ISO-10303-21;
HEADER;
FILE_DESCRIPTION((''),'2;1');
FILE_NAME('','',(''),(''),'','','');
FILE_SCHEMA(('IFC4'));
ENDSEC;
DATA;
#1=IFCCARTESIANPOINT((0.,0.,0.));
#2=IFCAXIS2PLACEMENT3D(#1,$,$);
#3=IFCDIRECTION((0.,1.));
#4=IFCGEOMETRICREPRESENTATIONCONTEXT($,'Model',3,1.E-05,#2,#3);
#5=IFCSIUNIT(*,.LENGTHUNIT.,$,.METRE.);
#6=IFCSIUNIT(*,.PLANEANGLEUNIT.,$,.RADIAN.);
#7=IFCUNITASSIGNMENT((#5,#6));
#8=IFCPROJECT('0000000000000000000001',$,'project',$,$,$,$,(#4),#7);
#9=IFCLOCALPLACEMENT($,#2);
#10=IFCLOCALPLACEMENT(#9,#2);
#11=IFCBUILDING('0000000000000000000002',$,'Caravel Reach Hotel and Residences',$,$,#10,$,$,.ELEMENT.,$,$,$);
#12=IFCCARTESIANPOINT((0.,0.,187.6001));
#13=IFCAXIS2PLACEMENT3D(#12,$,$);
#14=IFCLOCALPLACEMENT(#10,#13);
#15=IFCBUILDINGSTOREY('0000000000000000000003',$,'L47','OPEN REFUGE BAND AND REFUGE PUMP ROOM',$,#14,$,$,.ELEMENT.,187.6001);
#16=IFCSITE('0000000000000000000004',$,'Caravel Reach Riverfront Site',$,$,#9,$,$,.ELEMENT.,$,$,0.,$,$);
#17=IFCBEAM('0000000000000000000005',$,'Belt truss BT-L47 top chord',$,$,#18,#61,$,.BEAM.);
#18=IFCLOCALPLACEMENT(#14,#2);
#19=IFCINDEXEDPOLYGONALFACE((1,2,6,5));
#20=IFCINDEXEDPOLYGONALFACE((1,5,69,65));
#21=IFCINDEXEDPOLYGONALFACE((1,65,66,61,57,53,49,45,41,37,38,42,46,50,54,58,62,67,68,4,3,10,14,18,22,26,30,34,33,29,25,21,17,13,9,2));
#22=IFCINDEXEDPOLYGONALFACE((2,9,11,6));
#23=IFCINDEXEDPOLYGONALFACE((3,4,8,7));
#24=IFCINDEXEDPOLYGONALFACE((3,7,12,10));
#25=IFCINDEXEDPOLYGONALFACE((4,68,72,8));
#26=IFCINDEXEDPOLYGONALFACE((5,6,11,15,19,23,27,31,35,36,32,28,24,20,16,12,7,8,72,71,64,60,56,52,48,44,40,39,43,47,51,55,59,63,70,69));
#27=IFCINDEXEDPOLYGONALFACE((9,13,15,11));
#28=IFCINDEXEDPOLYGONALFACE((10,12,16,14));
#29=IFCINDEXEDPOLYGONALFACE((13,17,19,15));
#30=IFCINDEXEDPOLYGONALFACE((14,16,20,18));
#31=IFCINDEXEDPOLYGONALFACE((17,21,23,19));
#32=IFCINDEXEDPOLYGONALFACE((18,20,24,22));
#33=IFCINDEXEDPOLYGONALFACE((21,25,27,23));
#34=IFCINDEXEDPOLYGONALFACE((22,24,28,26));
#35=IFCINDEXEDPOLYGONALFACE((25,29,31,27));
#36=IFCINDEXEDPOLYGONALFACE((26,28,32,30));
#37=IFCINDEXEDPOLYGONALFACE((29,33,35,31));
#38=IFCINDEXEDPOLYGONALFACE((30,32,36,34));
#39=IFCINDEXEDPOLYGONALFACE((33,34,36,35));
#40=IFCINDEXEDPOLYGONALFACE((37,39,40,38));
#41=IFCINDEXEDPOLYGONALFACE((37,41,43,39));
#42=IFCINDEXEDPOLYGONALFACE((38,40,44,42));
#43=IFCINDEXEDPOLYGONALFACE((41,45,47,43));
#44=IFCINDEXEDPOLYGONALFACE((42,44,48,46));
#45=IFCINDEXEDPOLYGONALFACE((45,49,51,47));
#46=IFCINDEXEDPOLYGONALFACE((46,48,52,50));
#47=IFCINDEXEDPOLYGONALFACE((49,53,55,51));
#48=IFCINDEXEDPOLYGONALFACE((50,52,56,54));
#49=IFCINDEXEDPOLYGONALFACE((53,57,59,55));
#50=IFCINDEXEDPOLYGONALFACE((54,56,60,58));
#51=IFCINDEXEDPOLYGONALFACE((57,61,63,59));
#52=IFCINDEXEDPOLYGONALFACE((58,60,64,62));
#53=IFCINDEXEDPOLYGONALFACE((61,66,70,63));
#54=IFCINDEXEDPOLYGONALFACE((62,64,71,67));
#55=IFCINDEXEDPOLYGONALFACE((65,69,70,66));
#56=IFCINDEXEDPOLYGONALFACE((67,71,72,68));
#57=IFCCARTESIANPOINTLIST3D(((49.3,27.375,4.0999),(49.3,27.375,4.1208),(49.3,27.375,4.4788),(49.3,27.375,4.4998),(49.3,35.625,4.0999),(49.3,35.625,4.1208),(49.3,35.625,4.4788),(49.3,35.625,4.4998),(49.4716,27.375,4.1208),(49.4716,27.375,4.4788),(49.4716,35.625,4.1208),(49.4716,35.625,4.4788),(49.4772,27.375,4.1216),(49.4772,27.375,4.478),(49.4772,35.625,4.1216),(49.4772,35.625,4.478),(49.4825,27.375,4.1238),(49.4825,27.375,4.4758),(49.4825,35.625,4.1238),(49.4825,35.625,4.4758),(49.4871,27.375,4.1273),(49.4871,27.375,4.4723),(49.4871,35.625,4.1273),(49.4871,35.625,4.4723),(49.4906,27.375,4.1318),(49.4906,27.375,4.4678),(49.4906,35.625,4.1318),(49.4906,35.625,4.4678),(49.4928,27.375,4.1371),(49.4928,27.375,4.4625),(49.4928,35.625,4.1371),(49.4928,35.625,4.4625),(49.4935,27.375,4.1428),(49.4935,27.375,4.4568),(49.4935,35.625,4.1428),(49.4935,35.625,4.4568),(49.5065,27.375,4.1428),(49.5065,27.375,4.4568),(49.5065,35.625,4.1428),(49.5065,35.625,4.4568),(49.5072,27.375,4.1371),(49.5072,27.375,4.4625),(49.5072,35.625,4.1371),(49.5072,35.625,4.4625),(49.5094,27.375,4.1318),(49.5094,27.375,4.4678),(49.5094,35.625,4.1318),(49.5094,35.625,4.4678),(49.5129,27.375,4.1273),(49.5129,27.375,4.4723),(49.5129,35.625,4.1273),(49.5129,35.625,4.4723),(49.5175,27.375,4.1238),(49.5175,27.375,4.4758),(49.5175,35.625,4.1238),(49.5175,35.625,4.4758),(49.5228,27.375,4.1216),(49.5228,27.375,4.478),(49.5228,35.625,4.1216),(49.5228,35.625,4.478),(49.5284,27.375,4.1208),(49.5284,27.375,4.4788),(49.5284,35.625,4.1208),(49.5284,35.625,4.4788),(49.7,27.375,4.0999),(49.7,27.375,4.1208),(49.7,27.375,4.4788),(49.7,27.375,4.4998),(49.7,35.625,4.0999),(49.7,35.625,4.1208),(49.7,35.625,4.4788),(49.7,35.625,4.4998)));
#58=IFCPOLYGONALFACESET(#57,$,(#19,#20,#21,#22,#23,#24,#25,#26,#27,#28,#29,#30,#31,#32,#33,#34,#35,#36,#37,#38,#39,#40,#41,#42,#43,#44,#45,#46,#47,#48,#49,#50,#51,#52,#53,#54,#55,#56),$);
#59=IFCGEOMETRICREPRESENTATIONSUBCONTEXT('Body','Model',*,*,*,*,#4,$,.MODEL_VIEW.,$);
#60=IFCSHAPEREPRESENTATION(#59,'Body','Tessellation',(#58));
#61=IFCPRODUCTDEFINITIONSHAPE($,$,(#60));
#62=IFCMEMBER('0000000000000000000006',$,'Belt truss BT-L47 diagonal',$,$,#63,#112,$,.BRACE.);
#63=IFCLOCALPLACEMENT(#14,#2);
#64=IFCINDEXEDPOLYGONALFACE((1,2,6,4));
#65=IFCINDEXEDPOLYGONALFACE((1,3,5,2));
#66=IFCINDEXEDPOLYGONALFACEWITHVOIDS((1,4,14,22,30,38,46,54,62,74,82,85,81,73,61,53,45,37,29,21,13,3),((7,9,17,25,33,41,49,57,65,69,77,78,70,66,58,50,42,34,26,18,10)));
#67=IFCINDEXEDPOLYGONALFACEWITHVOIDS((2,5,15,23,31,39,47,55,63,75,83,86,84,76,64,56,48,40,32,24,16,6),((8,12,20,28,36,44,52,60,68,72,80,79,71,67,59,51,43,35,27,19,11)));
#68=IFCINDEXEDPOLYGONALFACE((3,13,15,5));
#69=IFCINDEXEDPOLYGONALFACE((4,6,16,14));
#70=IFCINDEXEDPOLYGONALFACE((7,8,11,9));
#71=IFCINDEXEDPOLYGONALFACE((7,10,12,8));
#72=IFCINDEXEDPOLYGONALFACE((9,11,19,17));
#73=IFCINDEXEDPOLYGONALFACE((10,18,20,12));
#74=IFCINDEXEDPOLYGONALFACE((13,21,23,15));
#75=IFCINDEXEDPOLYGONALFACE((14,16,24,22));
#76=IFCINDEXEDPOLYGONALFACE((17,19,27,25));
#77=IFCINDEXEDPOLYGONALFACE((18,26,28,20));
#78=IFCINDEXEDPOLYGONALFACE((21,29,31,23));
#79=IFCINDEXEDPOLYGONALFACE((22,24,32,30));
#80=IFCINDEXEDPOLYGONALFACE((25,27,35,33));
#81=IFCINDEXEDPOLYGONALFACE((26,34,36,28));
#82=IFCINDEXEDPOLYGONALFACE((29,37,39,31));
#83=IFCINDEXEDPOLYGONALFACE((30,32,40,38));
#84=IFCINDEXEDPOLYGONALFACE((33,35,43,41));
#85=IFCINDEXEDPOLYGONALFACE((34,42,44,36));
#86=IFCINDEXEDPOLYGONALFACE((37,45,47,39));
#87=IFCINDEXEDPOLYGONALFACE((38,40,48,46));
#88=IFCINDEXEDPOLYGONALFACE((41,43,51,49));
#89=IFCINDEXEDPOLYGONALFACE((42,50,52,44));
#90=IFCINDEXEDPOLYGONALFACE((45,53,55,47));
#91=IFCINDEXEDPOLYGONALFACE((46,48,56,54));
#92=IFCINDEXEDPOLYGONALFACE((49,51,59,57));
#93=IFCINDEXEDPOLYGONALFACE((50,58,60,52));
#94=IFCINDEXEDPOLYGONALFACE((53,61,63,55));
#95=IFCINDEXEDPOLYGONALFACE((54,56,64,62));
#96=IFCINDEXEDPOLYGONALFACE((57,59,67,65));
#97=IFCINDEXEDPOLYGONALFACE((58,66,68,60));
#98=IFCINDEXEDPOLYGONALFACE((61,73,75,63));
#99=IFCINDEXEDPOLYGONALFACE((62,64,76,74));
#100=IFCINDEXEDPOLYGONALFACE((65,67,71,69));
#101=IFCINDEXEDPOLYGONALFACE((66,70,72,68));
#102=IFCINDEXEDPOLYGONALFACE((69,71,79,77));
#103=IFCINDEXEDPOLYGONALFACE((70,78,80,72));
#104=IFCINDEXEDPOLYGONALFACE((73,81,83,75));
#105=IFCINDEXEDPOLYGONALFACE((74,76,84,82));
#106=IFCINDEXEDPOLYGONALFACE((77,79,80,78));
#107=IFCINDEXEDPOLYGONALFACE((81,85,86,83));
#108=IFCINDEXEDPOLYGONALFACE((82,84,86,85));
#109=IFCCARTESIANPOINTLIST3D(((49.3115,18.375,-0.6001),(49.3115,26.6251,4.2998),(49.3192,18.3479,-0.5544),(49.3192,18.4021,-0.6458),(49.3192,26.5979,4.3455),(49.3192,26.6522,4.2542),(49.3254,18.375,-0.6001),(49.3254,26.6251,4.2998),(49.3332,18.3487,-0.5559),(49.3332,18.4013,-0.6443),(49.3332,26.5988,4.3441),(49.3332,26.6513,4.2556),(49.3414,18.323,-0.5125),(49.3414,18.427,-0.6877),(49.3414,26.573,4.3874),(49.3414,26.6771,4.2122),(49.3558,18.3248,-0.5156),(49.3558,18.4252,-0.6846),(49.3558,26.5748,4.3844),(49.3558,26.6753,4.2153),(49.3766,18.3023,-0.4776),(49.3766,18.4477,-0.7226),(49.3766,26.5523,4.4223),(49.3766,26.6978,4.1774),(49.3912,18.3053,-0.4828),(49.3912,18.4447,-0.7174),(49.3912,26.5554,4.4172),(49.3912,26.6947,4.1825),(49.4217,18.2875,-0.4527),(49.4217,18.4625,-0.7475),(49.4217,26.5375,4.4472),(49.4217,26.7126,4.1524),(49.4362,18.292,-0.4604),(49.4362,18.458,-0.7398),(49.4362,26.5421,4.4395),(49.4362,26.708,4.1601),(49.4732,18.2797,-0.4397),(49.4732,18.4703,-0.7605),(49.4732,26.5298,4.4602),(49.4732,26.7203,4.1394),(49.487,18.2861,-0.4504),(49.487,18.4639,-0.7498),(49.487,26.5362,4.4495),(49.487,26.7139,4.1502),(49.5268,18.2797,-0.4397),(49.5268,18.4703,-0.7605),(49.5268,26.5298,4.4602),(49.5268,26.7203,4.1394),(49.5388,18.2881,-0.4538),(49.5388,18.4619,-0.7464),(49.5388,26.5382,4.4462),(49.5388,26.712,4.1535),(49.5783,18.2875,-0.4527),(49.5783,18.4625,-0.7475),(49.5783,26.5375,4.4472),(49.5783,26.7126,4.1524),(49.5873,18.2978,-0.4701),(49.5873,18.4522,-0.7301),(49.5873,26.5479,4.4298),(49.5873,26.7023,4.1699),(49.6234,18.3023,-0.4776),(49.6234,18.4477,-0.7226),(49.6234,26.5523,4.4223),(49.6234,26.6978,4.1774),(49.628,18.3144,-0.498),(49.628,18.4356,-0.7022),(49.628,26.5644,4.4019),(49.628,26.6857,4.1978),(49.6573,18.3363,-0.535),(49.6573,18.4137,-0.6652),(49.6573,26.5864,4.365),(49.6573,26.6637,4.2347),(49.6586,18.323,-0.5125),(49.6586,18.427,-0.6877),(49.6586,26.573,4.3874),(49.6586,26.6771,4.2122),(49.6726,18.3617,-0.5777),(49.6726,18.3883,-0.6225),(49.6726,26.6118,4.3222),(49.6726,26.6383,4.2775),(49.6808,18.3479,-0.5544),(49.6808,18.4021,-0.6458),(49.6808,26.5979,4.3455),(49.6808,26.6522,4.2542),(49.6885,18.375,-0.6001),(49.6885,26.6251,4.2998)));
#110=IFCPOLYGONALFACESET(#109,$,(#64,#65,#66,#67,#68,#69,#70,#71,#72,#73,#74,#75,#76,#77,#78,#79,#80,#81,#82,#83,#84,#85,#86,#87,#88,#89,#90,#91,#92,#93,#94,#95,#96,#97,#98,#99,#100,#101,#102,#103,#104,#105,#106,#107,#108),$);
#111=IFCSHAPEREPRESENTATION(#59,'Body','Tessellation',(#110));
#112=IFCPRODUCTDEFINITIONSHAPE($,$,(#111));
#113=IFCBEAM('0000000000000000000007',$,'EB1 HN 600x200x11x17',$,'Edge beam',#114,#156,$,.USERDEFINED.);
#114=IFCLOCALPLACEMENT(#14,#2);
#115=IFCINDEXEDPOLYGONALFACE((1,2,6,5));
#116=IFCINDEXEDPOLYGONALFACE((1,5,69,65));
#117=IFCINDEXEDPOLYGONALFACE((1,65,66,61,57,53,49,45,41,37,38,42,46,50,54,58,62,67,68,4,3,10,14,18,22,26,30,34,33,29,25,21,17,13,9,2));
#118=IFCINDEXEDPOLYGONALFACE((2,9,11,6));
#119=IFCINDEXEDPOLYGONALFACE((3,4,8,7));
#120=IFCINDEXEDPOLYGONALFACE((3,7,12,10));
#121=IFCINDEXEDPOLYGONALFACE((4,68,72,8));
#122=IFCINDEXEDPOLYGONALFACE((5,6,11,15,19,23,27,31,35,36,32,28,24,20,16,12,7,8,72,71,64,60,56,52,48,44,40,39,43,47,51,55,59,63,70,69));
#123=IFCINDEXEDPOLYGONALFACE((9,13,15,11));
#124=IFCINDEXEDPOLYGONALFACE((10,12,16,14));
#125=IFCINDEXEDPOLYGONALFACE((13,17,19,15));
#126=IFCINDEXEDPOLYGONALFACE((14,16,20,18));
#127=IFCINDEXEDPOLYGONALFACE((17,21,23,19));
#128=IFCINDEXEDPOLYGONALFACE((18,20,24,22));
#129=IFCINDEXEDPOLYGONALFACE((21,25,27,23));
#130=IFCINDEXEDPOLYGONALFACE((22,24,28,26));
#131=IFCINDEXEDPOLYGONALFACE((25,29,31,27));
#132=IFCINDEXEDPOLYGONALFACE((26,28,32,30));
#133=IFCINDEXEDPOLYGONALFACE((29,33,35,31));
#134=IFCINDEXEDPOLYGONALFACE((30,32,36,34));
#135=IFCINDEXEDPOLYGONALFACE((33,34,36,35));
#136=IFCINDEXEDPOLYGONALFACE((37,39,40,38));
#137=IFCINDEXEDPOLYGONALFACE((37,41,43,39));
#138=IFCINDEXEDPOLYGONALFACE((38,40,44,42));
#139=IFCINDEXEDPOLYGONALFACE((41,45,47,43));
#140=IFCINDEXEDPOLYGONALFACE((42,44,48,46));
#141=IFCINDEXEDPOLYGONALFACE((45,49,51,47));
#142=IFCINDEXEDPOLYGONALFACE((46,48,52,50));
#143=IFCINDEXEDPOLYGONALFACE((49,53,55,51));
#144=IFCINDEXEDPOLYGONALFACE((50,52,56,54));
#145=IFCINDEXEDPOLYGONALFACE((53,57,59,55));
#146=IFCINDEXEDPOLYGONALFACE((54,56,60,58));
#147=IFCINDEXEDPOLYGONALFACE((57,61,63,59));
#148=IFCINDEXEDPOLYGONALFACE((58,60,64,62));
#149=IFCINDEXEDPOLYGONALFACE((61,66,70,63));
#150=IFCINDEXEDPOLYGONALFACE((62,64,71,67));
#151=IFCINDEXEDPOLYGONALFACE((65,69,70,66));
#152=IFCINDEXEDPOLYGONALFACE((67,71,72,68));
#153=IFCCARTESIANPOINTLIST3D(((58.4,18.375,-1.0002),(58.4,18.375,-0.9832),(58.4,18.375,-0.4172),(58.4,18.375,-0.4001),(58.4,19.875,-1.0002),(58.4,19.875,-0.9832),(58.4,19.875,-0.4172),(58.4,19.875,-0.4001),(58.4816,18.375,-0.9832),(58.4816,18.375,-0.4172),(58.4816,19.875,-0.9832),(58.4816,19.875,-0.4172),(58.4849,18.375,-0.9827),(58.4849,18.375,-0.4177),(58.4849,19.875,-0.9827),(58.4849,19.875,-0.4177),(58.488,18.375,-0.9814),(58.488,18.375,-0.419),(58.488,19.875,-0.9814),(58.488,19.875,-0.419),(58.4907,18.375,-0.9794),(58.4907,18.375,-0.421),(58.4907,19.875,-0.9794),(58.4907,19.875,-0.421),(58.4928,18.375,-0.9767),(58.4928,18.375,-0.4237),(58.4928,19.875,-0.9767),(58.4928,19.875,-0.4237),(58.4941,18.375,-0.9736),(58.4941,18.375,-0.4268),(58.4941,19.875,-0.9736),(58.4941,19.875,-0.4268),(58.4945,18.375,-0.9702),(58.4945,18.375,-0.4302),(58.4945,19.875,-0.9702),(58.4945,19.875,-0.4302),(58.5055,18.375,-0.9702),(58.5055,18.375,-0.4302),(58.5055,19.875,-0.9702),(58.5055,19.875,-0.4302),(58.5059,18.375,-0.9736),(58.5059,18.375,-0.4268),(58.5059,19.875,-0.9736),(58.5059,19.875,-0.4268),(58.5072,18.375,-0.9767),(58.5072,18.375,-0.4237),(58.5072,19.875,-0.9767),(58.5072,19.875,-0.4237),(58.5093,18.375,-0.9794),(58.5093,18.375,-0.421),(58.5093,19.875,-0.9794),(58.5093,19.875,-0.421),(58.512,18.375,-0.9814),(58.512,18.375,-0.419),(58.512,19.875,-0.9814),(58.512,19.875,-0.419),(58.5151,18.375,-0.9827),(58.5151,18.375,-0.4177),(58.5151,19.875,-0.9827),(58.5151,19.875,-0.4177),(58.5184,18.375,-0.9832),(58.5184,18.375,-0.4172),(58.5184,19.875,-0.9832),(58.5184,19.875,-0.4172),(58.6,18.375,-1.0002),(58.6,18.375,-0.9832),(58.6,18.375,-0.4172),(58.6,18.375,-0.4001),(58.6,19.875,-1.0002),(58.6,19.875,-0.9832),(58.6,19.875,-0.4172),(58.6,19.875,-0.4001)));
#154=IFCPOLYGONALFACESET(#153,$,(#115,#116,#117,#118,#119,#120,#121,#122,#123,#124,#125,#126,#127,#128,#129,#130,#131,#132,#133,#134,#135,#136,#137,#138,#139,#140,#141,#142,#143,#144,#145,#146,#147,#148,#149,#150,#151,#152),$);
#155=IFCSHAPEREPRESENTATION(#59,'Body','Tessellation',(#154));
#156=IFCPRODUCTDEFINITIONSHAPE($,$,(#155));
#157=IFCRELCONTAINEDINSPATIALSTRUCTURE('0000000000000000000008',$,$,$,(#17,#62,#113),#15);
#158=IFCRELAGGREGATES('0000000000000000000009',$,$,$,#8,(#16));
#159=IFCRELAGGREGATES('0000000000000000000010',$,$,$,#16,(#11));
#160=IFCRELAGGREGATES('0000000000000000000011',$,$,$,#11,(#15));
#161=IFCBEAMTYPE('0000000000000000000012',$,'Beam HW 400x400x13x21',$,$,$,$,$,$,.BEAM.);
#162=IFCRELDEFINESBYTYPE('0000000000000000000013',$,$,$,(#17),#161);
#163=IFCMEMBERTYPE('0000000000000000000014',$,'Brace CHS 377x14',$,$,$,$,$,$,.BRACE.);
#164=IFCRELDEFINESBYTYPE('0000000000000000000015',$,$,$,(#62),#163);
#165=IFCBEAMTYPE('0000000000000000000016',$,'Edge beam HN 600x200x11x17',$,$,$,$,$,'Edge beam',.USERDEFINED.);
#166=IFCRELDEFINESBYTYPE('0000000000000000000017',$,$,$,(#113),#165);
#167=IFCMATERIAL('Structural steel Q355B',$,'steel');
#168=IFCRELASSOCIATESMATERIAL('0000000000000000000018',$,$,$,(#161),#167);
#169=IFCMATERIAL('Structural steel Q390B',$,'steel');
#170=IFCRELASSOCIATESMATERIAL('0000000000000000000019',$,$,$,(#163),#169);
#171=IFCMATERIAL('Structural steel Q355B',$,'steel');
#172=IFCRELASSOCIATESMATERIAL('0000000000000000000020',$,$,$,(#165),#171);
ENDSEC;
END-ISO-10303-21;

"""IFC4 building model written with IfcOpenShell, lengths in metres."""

from ifc_helpers import new_model, si_unit, direction, frame, origin, origin_2d, place, context, subcontext, project, spatial, hollow_circle, i_section, extrude, material, material_profile, profile_set, type_object, element, save


model = new_model("IFC4")

# Units and contexts
model_context = context("Model", 3, precision=1e-05, world=origin(), true_north=direction((0.0, 1.0)))
body_context = subcontext(model_context, "Body", "Model", "MODEL_VIEW")
ifc_project = project(units=[si_unit("LENGTHUNIT", "METRE"), si_unit("PLANEANGLEUNIT", "RADIAN")], contexts=[model_context])

# Site, building, storey
site_placement = place(None, origin())
site = spatial("IfcSite", under=ifc_project, at=site_placement, Name="Caravel Reach Riverfront Site", CompositionType="ELEMENT", RefElevation=0.0)
building_placement = place(site_placement, origin())
building = spatial("IfcBuilding", under=site, at=building_placement, Name="Caravel Reach Hotel and Residences", CompositionType="ELEMENT")
storey_placement = place(building_placement, frame((0.0, 0.0, 187.6001)))
storey = spatial("IfcBuildingStorey", under=building, at=storey_placement, Name="L47", Description="OPEN REFUGE BAND AND REFUGE PUMP ROOM", CompositionType="ELEMENT", Elevation=187.6001)

# Beam
ifc_material_1 = material(Name="Structural steel Q355B", Category="steel")
ifc_material_profile_1 = material_profile(ifc_material_1, i_section(OverallWidth=0.3999, OverallDepth=0.3999, WebThickness=0.0129, FlangeThickness=0.021, FilletRadius=0.022, at=origin_2d()), Name="HW 400x400x13x21")
ifc_profile_set_1 = profile_set([ifc_material_profile_1], Name="Structural steel Q355B")
beam_type_1 = type_object("IfcBeamType", Name="Beam HW 400x400x13x21", PredefinedType="BEAM", material=ifc_profile_set_1)
beam_1_placement = place(storey_placement, frame((49.5, 27.375, 4.2998), z_axis=(0.0, 1.0, 0.0), x_axis=(-1.0, 0.0, 0.0)))
element("IfcBeam", 1, at=beam_1_placement, inside=storey, type_object=beam_type_1, Name="Belt truss BT-L47 top chord", PredefinedType="BEAM", context=body_context, shape_type="SweptSolid", body=[
    extrude(i_section(OverallWidth=0.3999, OverallDepth=0.3999, WebThickness=0.0129, FlangeThickness=0.021, FilletRadius=0.022, at=origin_2d()), origin(), (0.0, 0.0, 1.0), 8.25),
])

# Member
ifc_material_2 = material(Name="Structural steel Q390B", Category="steel")
ifc_material_profile_2 = material_profile(ifc_material_2, hollow_circle(Radius=0.1885, WallThickness=0.0139, at=origin_2d()), Name="CHS 377x14")
ifc_profile_set_2 = profile_set([ifc_material_profile_2], Name="Structural steel Q390B")
member_type = type_object("IfcMemberType", Name="Brace CHS 377x14", PredefinedType="BRACE", material=ifc_profile_set_2)
member_placement = place(storey_placement, frame((49.5, 18.375, -0.6001), z_axis=(0.0, 0.859788, 0.510652), x_axis=(-1.0, 0.0, 0.0)))
element("IfcMember", 2, at=member_placement, inside=storey, type_object=member_type, Name="Belt truss BT-L47 diagonal", PredefinedType="BRACE", context=body_context, shape_type="SweptSolid", body=[
    extrude(hollow_circle(Radius=0.1885, WallThickness=0.0139, at=origin_2d()), origin(), (0.0, 0.0, 1.0), 9.5955),
])

# Beam
ifc_material_3 = material(Name="Structural steel Q355B", Category="steel")
ifc_material_profile_3 = material_profile(ifc_material_3, i_section(OverallWidth=0.2, OverallDepth=0.6001, WebThickness=0.011, FlangeThickness=0.0171, FilletRadius=0.0129, at=origin_2d()), Name="HN 600x200x11x17")
ifc_profile_set_3 = profile_set([ifc_material_profile_3], Name="Structural steel Q355B")
beam_type_2 = type_object("IfcBeamType", Name="Edge beam HN 600x200x11x17", ElementType="Edge beam", PredefinedType="USERDEFINED", material=ifc_profile_set_3)
for number, where, z_axis, x_axis, name in (
    (3, (58.5, 18.375, -0.7002), (0.0, 1.0, 0.0), (-1.0, 0.0, 0.0), "EB1 HN 600x200x11x17"),
):
    element("IfcBeam", number, at=place(storey_placement, frame(where, z_axis=z_axis, x_axis=x_axis)), inside=storey, type_object=beam_type_2, Name=name, ObjectType="Edge beam", PredefinedType="USERDEFINED", context=body_context, shape_type="SweptSolid", body=[
        extrude(i_section(OverallWidth=0.2, OverallDepth=0.6001, WebThickness=0.011, FlangeThickness=0.0171, FilletRadius=0.0129, at=origin_2d()), origin(), (0.0, 0.0, 1.0), 1.5),
    ])

save(model, "model.ifc")
